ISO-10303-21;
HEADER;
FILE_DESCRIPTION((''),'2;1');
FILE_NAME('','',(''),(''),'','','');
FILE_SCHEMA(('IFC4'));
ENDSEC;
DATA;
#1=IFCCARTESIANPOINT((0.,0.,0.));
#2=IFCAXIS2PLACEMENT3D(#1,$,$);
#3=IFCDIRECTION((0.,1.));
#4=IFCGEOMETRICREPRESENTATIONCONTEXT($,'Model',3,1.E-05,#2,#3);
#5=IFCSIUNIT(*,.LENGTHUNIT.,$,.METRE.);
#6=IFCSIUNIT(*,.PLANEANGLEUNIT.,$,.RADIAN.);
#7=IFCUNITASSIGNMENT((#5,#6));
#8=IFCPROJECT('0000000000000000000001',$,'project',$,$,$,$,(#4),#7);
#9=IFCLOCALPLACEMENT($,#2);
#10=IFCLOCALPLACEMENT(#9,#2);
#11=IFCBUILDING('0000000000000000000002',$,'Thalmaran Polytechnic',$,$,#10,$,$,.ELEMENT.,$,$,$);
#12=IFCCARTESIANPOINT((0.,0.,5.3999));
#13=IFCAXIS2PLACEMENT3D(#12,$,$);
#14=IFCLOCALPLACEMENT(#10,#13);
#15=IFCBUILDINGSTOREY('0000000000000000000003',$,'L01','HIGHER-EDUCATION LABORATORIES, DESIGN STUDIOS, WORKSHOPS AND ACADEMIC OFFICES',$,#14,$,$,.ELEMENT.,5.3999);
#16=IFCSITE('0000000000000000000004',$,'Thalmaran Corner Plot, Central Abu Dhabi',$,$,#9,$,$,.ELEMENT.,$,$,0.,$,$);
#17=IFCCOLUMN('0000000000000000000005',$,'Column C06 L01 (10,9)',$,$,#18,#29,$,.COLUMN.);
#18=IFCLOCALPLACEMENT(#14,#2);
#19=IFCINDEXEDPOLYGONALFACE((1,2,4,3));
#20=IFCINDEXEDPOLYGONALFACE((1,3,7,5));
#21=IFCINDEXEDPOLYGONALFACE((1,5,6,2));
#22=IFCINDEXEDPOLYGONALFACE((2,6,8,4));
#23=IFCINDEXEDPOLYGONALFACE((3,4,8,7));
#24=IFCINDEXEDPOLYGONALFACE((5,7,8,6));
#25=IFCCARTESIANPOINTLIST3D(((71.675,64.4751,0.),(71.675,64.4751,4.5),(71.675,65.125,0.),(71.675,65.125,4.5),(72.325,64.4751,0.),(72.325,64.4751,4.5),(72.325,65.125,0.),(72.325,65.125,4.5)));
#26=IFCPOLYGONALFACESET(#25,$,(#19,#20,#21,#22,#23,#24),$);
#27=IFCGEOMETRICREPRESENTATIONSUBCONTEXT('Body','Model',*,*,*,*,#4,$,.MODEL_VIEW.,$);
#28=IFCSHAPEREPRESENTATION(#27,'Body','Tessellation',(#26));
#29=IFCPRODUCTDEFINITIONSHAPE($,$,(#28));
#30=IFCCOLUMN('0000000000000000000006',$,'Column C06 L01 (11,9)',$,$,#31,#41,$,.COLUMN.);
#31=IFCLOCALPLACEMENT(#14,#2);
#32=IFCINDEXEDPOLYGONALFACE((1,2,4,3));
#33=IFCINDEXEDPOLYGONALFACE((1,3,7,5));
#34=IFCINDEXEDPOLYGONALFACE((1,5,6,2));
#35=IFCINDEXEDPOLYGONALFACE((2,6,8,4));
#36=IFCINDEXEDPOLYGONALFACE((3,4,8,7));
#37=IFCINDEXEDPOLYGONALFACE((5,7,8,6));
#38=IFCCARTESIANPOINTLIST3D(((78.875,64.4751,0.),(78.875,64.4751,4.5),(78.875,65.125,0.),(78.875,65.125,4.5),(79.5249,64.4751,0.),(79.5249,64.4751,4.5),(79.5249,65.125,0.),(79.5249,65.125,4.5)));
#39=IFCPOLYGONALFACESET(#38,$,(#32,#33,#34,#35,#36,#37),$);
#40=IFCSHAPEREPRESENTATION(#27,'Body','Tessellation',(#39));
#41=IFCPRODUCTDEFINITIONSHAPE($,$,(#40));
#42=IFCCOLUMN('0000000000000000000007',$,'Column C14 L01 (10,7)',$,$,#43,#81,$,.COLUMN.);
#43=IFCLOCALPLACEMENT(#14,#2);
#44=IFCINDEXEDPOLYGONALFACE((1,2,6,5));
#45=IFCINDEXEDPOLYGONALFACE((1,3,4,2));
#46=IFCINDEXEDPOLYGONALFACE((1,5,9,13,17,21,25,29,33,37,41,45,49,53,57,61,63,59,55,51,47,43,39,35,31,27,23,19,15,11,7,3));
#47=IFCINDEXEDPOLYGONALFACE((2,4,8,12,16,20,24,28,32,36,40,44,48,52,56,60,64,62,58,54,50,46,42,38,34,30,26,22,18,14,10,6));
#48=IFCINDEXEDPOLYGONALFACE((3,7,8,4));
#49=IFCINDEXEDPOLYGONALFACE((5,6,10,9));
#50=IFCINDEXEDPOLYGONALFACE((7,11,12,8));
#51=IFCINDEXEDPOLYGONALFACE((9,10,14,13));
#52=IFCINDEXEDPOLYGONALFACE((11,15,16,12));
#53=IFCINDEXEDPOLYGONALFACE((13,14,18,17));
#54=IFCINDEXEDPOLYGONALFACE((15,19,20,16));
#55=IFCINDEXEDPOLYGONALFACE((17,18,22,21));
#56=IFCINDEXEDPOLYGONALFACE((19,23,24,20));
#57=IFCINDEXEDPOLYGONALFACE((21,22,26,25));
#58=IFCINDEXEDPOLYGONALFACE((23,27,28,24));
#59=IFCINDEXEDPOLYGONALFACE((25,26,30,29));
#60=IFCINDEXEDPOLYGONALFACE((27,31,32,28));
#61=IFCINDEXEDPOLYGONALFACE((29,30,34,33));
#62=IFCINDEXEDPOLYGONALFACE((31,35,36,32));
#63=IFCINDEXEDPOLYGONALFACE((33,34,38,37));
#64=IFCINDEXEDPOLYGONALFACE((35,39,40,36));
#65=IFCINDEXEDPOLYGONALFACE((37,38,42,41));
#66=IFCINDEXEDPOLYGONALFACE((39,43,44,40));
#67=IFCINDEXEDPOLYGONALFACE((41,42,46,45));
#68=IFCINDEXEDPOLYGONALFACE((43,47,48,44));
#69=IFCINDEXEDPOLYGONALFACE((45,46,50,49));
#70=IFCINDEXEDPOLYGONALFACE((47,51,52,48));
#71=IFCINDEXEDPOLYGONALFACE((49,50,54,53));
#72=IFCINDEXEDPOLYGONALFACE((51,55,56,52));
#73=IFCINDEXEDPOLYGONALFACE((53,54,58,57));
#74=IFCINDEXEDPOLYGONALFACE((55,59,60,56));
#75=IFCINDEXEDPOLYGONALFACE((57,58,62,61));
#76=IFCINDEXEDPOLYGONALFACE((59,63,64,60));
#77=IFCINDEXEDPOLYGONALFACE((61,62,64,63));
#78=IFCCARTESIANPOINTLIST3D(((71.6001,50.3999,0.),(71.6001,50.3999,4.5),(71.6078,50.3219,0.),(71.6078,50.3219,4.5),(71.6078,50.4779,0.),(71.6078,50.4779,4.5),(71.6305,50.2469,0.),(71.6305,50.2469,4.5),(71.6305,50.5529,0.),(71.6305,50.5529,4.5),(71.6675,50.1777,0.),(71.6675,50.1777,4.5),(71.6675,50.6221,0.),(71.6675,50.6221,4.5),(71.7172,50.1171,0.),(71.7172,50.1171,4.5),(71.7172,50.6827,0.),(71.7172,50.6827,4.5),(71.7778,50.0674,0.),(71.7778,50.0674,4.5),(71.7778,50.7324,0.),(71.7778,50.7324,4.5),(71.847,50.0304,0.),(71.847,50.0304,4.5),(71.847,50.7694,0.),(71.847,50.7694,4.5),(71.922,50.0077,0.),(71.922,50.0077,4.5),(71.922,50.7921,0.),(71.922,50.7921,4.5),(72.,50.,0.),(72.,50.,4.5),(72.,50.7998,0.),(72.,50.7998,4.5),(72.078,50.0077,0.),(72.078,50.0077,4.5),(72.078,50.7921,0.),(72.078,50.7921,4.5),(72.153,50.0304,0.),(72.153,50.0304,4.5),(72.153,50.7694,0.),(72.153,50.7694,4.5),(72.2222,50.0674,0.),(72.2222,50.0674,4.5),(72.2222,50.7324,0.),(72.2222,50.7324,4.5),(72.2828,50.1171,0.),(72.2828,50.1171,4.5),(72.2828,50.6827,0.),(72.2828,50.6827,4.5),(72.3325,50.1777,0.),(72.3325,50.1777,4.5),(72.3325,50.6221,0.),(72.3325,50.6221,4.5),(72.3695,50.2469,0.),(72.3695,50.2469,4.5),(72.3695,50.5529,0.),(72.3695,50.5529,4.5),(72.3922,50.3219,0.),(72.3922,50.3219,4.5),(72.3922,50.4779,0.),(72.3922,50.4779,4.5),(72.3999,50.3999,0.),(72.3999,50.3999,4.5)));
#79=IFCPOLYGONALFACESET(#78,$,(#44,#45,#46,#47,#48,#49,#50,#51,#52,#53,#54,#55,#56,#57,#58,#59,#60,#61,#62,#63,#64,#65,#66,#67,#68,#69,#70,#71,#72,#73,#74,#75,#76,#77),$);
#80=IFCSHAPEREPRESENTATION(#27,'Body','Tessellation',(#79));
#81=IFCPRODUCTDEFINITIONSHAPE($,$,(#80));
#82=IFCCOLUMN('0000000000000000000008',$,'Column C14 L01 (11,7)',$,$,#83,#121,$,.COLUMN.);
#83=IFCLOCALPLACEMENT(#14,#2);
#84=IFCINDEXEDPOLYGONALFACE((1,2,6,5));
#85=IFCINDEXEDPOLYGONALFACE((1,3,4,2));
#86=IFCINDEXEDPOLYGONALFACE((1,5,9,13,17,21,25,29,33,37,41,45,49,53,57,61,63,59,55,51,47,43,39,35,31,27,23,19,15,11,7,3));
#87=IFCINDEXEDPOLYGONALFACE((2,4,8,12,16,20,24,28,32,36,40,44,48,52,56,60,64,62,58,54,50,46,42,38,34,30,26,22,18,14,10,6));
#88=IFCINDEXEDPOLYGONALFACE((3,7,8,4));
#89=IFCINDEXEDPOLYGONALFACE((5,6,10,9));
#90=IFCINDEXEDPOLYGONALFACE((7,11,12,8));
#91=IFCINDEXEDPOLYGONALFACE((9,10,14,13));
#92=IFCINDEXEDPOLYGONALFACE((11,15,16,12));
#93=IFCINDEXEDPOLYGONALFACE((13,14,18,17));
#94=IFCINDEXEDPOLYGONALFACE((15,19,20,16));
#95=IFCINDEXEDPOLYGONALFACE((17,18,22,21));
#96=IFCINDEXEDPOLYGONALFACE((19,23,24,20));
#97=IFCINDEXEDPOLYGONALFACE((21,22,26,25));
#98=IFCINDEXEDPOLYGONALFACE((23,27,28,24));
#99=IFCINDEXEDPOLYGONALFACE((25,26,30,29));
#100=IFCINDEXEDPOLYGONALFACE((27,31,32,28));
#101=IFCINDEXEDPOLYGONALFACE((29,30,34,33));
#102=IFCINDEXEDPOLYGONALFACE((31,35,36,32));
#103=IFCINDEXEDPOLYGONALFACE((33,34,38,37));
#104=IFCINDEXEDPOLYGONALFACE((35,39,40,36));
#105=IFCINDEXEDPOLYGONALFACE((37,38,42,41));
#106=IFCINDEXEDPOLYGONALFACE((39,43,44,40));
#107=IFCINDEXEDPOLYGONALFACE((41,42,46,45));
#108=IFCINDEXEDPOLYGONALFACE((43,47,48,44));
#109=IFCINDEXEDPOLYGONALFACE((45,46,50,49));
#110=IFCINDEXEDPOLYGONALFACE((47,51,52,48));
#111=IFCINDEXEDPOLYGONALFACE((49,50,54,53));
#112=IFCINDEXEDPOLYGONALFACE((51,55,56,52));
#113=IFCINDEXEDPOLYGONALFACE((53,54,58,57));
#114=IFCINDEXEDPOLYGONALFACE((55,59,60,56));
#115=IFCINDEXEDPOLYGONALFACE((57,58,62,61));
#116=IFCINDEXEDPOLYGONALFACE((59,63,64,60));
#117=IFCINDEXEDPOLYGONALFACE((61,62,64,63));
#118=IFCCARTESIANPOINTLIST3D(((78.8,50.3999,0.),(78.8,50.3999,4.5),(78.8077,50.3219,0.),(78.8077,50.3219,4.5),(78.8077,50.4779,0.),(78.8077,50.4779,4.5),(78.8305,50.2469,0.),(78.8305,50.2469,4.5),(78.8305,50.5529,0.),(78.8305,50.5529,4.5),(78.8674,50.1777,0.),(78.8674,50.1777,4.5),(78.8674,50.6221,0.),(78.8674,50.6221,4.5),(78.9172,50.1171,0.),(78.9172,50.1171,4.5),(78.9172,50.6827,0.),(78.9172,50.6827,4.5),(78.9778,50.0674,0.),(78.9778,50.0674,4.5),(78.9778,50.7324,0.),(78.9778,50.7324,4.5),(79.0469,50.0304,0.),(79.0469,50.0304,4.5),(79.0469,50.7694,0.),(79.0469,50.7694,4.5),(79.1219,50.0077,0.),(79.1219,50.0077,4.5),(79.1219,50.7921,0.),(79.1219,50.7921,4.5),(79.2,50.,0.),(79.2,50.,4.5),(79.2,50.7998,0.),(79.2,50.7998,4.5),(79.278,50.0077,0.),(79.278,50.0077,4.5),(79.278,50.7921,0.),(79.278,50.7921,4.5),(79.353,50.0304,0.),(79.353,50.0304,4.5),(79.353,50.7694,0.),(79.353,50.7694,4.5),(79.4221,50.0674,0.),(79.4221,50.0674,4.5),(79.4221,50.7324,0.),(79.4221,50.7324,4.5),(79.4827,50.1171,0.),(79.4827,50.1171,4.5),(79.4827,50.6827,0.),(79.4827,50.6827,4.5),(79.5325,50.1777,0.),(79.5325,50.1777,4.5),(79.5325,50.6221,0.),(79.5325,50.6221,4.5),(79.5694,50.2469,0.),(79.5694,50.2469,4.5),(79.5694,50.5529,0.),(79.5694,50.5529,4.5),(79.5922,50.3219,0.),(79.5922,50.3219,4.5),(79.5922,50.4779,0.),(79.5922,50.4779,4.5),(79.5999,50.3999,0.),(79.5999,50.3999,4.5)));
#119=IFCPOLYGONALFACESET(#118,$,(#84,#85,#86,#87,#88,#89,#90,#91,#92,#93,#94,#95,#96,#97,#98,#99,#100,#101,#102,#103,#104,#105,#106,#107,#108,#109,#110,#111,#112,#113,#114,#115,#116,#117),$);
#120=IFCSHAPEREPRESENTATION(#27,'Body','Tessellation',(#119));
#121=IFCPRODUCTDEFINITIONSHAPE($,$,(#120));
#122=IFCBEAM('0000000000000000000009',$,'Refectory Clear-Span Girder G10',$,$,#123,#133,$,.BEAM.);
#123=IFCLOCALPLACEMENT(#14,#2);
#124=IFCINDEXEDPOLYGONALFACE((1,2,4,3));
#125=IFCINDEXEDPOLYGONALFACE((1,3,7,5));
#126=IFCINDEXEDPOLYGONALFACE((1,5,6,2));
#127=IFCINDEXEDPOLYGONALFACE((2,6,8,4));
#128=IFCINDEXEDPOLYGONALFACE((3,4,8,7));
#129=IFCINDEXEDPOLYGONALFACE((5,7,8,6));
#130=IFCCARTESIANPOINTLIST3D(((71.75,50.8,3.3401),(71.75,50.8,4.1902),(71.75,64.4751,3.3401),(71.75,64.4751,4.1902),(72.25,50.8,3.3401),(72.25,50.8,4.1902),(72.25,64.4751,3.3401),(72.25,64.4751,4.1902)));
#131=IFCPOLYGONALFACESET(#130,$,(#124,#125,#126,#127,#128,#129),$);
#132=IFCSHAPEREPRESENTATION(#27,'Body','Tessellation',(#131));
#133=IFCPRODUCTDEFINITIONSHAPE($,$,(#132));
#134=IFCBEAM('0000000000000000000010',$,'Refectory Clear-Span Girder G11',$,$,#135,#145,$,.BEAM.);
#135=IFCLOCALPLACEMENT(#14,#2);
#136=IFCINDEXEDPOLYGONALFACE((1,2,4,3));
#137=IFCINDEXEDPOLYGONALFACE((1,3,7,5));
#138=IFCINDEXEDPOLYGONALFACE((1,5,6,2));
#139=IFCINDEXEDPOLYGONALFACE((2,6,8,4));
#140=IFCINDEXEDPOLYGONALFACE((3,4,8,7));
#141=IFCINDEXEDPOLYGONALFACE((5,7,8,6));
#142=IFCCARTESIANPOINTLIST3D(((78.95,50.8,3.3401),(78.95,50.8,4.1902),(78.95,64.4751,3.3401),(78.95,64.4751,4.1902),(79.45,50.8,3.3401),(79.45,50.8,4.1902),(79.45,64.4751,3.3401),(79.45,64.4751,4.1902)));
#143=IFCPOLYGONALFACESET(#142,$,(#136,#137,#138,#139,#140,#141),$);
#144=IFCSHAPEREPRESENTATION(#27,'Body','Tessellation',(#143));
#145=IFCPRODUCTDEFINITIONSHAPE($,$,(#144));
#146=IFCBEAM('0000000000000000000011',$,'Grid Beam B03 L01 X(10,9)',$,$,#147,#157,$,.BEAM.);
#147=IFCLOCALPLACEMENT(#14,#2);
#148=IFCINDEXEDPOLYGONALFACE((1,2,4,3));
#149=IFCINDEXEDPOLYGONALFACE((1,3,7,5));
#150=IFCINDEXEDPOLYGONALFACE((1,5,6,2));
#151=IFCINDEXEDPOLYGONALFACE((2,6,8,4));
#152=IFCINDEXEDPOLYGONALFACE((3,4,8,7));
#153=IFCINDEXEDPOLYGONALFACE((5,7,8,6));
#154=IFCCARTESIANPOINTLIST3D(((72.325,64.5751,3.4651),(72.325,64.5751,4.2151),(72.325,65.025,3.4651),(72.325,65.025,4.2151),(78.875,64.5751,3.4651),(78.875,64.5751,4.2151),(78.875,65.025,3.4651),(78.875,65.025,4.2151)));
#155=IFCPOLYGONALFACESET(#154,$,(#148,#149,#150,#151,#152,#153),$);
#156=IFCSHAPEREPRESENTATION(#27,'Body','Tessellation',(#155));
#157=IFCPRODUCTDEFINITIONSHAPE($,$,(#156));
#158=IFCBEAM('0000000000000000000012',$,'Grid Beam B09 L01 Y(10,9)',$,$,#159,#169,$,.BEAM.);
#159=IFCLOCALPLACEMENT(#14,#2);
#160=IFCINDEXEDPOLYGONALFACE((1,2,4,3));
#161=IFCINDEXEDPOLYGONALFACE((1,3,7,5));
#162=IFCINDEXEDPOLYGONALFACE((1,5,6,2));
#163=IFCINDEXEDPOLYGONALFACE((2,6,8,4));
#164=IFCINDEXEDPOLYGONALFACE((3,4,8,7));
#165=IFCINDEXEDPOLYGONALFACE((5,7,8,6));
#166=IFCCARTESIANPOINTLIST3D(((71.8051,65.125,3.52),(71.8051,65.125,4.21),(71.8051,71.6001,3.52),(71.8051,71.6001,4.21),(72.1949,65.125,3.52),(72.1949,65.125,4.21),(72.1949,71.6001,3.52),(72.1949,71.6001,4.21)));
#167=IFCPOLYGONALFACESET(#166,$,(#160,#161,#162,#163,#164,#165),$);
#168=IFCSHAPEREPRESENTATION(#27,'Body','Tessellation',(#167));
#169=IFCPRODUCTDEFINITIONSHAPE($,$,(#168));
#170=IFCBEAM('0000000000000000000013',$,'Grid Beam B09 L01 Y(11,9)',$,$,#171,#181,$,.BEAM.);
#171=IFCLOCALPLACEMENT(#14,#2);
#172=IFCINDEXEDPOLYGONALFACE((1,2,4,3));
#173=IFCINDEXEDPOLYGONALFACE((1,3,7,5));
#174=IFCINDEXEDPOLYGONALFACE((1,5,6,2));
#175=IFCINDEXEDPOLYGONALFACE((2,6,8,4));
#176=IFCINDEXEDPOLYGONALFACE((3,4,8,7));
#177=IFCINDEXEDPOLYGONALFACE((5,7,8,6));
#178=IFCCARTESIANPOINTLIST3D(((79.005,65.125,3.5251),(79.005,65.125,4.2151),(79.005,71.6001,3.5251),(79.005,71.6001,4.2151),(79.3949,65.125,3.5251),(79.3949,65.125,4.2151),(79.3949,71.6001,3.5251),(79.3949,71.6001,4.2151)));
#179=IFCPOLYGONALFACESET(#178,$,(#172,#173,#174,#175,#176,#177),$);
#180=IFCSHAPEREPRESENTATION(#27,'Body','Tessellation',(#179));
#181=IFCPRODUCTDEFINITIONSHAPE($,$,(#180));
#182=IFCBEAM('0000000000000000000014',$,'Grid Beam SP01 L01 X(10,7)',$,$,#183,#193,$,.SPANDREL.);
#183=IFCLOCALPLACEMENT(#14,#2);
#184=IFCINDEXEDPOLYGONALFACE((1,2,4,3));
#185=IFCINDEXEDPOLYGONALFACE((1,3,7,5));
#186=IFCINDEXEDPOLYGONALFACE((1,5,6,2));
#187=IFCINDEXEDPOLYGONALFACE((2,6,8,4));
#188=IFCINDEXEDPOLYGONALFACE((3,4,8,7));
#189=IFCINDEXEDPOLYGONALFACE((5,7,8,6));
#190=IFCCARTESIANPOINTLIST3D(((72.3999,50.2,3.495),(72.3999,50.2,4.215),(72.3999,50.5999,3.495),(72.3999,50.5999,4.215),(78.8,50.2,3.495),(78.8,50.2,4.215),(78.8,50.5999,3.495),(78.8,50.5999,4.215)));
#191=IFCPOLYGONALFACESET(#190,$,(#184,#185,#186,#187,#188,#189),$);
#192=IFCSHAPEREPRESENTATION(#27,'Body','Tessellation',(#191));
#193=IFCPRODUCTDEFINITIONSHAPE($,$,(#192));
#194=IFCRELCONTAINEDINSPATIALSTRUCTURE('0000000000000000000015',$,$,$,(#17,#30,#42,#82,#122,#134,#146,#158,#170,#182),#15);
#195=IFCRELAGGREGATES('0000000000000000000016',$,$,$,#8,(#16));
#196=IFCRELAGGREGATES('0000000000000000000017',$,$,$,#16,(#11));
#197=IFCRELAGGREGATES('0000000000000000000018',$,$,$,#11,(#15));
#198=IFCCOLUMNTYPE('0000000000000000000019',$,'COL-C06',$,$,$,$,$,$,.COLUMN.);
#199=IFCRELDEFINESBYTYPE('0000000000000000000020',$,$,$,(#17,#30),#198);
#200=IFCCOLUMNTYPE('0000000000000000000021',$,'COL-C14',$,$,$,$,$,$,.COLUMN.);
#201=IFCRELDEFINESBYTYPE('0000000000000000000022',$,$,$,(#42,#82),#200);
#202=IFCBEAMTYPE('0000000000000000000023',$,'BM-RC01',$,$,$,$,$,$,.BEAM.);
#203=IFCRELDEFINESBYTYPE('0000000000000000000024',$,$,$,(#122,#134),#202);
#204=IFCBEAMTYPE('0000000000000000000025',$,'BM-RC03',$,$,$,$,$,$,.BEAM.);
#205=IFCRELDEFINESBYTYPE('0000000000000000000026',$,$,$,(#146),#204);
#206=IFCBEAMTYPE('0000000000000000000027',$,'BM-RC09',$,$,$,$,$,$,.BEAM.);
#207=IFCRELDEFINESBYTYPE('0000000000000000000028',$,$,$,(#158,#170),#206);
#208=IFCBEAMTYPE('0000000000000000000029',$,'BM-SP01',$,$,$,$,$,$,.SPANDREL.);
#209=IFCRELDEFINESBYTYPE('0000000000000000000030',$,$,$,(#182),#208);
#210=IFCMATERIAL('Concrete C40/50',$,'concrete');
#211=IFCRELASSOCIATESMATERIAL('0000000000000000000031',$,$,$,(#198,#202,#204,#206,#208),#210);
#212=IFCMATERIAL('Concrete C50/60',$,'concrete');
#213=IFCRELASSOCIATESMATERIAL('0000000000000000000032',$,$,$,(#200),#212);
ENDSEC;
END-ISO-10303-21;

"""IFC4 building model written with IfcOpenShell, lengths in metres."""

from ifc_helpers import new_model, si_unit, direction, frame, origin, origin_2d, place, context, subcontext, project, spatial, rectangle, circle, extrude, material, material_profile, profile_set, type_object, element, save


model = new_model("IFC4")

# Units and contexts
model_context = context("Model", 3, precision=1e-05, world=origin(), true_north=direction((0.0, 1.0)))
body_context = subcontext(model_context, "Body", "Model", "MODEL_VIEW")
ifc_project = project(units=[si_unit("LENGTHUNIT", "METRE"), si_unit("PLANEANGLEUNIT", "RADIAN")], contexts=[model_context])

# Site, building, storey
site_placement = place(None, origin())
site = spatial("IfcSite", under=ifc_project, at=site_placement, Name="Thalmaran Corner Plot, Central Abu Dhabi", CompositionType="ELEMENT", RefElevation=0.0)
building_placement = place(site_placement, origin())
building = spatial("IfcBuilding", under=site, at=building_placement, Name="Thalmaran Polytechnic", CompositionType="ELEMENT")
storey_placement = place(building_placement, frame((0.0, 0.0, 5.3999)))
storey = spatial("IfcBuildingStorey", under=building, at=storey_placement, Name="L01", Description="HIGHER-EDUCATION LABORATORIES, DESIGN STUDIOS, WORKSHOPS AND ACADEMIC OFFICES", CompositionType="ELEMENT", Elevation=5.3999)

# Columns
ifc_material_1 = material(Name="Concrete C40/50", Category="concrete")
ifc_material_profile_1 = material_profile(ifc_material_1, rectangle(XDim=0.6499, YDim=0.6499, at=origin_2d()), Name="RC 650x650")
ifc_profile_set_1 = profile_set([ifc_material_profile_1], Name="Concrete C40/50")
column_type_1 = type_object("IfcColumnType", Name="COL-C06", PredefinedType="COLUMN", material=ifc_profile_set_1)
for number, where, z_axis, x_axis, name in (
    (1, (72.0, 64.8, 0.0), (0.0, 0.0, 1.0), (1.0, 0.0, 0.0), "Column C06 L01 (10,9)"),
    (2, (79.2, 64.8, 0.0), (0.0, 0.0, 1.0), (1.0, 0.0, 0.0), "Column C06 L01 (11,9)"),
):
    element("IfcColumn", number, at=place(storey_placement, frame(where, z_axis=z_axis, x_axis=x_axis)), inside=storey, type_object=column_type_1, Name=name, PredefinedType="COLUMN", context=body_context, shape_type="SweptSolid", body=[
        extrude(rectangle(XDim=0.6499, YDim=0.6499, at=origin_2d()), origin(), (0.0, 0.0, 1.0), 4.5),
    ])
ifc_material_2 = material(Name="Concrete C50/60", Category="concrete")
ifc_material_profile_2 = material_profile(ifc_material_2, circle(Radius=0.3999, at=origin_2d()), Name="RC 800 DIA")
ifc_profile_set_2 = profile_set([ifc_material_profile_2], Name="Concrete C50/60")
column_type_2 = type_object("IfcColumnType", Name="COL-C14", PredefinedType="COLUMN", material=ifc_profile_set_2)
for number, where, z_axis, x_axis, name in (
    (3, (72.0, 50.3999, 0.0), (0.0, 0.0, 1.0), (1.0, 0.0, 0.0), "Column C14 L01 (10,7)"),
    (4, (79.2, 50.3999, 0.0), (0.0, 0.0, 1.0), (1.0, 0.0, 0.0), "Column C14 L01 (11,7)"),
):
    element("IfcColumn", number, at=place(storey_placement, frame(where, z_axis=z_axis, x_axis=x_axis)), inside=storey, type_object=column_type_2, Name=name, PredefinedType="COLUMN", context=body_context, shape_type="SweptSolid", body=[
        extrude(circle(Radius=0.3999, at=origin_2d()), origin(), (0.0, 0.0, 1.0), 4.5),
    ])

# Beams
ifc_material_profile_3 = material_profile(ifc_material_1, rectangle(XDim=0.5, YDim=0.8501, at=origin_2d()), Name="RC 500x850")
ifc_profile_set_3 = profile_set([ifc_material_profile_3], Name="Concrete C40/50")
beam_type_1 = type_object("IfcBeamType", Name="BM-RC01", PredefinedType="BEAM", material=ifc_profile_set_3)
for number, where, z_axis, x_axis, name in (
    (5, (72.0, 50.8, 3.7651), (0.0, 1.0, 0.0), (-1.0, 0.0, 0.0), "Refectory Clear-Span Girder G10"),
    (6, (79.2, 50.8, 3.7651), (0.0, 1.0, 0.0), (-1.0, 0.0, 0.0), "Refectory Clear-Span Girder G11"),
):
    element("IfcBeam", number, at=place(storey_placement, frame(where, z_axis=z_axis, x_axis=x_axis)), inside=storey, type_object=beam_type_1, Name=name, PredefinedType="BEAM", context=body_context, shape_type="SweptSolid", body=[
        extrude(rectangle(XDim=0.5, YDim=0.8501, at=origin_2d()), origin(), (0.0, 0.0, 1.0), 13.675),
    ])
ifc_material_profile_4 = material_profile(ifc_material_1, rectangle(XDim=0.45, YDim=0.75, at=origin_2d()), Name="RC 450x750")
ifc_profile_set_4 = profile_set([ifc_material_profile_4], Name="Concrete C40/50")
beam_type_2 = type_object("IfcBeamType", Name="BM-RC03", PredefinedType="BEAM", material=ifc_profile_set_4)
beam_1_placement = place(storey_placement, frame((72.325, 64.8, 3.8401), z_axis=(1.0, 0.0, 0.0), x_axis=(0.0, 1.0, 0.0)))
element("IfcBeam", 7, at=beam_1_placement, inside=storey, type_object=beam_type_2, Name="Grid Beam B03 L01 X(10,9)", PredefinedType="BEAM", context=body_context, shape_type="SweptSolid", body=[
    extrude(rectangle(XDim=0.45, YDim=0.75, at=origin_2d()), origin(), (0.0, 0.0, 1.0), 6.55),
])
ifc_material_profile_5 = material_profile(ifc_material_1, rectangle(XDim=0.3899, YDim=0.6899, at=origin_2d()), Name="RC 390x690")
ifc_profile_set_5 = profile_set([ifc_material_profile_5], Name="Concrete C40/50")
beam_type_3 = type_object("IfcBeamType", Name="BM-RC09", PredefinedType="BEAM", material=ifc_profile_set_5)
for number, where, z_axis, x_axis, name in (
    (8, (72.0, 65.125, 3.865), (0.0, 1.0, 0.0), (-1.0, 0.0, 0.0), "Grid Beam B09 L01 Y(10,9)"),
    (9, (79.2, 65.125, 3.8701), (0.0, 1.0, 0.0), (-1.0, 0.0, 0.0), "Grid Beam B09 L01 Y(11,9)"),
):
    element("IfcBeam", number, at=place(storey_placement, frame(where, z_axis=z_axis, x_axis=x_axis)), inside=storey, type_object=beam_type_3, Name=name, PredefinedType="BEAM", context=body_context, shape_type="SweptSolid", body=[
        extrude(rectangle(XDim=0.3899, YDim=0.6899, at=origin_2d()), origin(), (0.0, 0.0, 1.0), 6.4751),
    ])
ifc_material_profile_6 = material_profile(ifc_material_1, rectangle(XDim=0.3999, YDim=0.72, at=origin_2d()), Name="RC 400x720")
ifc_profile_set_6 = profile_set([ifc_material_profile_6], Name="Concrete C40/50")
beam_type_4 = type_object("IfcBeamType", Name="BM-SP01", PredefinedType="SPANDREL", material=ifc_profile_set_6)
beam_2_placement = place(storey_placement, frame((72.3999, 50.3999, 3.855), z_axis=(1.0, 0.0, 0.0), x_axis=(0.0, 1.0, 0.0)))
element("IfcBeam", 10, at=beam_2_placement, inside=storey, type_object=beam_type_4, Name="Grid Beam SP01 L01 X(10,7)", PredefinedType="SPANDREL", context=body_context, shape_type="SweptSolid", body=[
    extrude(rectangle(XDim=0.3999, YDim=0.72, at=origin_2d()), origin(), (0.0, 0.0, 1.0), 6.4001),
])

save(model, "model.ifc")
